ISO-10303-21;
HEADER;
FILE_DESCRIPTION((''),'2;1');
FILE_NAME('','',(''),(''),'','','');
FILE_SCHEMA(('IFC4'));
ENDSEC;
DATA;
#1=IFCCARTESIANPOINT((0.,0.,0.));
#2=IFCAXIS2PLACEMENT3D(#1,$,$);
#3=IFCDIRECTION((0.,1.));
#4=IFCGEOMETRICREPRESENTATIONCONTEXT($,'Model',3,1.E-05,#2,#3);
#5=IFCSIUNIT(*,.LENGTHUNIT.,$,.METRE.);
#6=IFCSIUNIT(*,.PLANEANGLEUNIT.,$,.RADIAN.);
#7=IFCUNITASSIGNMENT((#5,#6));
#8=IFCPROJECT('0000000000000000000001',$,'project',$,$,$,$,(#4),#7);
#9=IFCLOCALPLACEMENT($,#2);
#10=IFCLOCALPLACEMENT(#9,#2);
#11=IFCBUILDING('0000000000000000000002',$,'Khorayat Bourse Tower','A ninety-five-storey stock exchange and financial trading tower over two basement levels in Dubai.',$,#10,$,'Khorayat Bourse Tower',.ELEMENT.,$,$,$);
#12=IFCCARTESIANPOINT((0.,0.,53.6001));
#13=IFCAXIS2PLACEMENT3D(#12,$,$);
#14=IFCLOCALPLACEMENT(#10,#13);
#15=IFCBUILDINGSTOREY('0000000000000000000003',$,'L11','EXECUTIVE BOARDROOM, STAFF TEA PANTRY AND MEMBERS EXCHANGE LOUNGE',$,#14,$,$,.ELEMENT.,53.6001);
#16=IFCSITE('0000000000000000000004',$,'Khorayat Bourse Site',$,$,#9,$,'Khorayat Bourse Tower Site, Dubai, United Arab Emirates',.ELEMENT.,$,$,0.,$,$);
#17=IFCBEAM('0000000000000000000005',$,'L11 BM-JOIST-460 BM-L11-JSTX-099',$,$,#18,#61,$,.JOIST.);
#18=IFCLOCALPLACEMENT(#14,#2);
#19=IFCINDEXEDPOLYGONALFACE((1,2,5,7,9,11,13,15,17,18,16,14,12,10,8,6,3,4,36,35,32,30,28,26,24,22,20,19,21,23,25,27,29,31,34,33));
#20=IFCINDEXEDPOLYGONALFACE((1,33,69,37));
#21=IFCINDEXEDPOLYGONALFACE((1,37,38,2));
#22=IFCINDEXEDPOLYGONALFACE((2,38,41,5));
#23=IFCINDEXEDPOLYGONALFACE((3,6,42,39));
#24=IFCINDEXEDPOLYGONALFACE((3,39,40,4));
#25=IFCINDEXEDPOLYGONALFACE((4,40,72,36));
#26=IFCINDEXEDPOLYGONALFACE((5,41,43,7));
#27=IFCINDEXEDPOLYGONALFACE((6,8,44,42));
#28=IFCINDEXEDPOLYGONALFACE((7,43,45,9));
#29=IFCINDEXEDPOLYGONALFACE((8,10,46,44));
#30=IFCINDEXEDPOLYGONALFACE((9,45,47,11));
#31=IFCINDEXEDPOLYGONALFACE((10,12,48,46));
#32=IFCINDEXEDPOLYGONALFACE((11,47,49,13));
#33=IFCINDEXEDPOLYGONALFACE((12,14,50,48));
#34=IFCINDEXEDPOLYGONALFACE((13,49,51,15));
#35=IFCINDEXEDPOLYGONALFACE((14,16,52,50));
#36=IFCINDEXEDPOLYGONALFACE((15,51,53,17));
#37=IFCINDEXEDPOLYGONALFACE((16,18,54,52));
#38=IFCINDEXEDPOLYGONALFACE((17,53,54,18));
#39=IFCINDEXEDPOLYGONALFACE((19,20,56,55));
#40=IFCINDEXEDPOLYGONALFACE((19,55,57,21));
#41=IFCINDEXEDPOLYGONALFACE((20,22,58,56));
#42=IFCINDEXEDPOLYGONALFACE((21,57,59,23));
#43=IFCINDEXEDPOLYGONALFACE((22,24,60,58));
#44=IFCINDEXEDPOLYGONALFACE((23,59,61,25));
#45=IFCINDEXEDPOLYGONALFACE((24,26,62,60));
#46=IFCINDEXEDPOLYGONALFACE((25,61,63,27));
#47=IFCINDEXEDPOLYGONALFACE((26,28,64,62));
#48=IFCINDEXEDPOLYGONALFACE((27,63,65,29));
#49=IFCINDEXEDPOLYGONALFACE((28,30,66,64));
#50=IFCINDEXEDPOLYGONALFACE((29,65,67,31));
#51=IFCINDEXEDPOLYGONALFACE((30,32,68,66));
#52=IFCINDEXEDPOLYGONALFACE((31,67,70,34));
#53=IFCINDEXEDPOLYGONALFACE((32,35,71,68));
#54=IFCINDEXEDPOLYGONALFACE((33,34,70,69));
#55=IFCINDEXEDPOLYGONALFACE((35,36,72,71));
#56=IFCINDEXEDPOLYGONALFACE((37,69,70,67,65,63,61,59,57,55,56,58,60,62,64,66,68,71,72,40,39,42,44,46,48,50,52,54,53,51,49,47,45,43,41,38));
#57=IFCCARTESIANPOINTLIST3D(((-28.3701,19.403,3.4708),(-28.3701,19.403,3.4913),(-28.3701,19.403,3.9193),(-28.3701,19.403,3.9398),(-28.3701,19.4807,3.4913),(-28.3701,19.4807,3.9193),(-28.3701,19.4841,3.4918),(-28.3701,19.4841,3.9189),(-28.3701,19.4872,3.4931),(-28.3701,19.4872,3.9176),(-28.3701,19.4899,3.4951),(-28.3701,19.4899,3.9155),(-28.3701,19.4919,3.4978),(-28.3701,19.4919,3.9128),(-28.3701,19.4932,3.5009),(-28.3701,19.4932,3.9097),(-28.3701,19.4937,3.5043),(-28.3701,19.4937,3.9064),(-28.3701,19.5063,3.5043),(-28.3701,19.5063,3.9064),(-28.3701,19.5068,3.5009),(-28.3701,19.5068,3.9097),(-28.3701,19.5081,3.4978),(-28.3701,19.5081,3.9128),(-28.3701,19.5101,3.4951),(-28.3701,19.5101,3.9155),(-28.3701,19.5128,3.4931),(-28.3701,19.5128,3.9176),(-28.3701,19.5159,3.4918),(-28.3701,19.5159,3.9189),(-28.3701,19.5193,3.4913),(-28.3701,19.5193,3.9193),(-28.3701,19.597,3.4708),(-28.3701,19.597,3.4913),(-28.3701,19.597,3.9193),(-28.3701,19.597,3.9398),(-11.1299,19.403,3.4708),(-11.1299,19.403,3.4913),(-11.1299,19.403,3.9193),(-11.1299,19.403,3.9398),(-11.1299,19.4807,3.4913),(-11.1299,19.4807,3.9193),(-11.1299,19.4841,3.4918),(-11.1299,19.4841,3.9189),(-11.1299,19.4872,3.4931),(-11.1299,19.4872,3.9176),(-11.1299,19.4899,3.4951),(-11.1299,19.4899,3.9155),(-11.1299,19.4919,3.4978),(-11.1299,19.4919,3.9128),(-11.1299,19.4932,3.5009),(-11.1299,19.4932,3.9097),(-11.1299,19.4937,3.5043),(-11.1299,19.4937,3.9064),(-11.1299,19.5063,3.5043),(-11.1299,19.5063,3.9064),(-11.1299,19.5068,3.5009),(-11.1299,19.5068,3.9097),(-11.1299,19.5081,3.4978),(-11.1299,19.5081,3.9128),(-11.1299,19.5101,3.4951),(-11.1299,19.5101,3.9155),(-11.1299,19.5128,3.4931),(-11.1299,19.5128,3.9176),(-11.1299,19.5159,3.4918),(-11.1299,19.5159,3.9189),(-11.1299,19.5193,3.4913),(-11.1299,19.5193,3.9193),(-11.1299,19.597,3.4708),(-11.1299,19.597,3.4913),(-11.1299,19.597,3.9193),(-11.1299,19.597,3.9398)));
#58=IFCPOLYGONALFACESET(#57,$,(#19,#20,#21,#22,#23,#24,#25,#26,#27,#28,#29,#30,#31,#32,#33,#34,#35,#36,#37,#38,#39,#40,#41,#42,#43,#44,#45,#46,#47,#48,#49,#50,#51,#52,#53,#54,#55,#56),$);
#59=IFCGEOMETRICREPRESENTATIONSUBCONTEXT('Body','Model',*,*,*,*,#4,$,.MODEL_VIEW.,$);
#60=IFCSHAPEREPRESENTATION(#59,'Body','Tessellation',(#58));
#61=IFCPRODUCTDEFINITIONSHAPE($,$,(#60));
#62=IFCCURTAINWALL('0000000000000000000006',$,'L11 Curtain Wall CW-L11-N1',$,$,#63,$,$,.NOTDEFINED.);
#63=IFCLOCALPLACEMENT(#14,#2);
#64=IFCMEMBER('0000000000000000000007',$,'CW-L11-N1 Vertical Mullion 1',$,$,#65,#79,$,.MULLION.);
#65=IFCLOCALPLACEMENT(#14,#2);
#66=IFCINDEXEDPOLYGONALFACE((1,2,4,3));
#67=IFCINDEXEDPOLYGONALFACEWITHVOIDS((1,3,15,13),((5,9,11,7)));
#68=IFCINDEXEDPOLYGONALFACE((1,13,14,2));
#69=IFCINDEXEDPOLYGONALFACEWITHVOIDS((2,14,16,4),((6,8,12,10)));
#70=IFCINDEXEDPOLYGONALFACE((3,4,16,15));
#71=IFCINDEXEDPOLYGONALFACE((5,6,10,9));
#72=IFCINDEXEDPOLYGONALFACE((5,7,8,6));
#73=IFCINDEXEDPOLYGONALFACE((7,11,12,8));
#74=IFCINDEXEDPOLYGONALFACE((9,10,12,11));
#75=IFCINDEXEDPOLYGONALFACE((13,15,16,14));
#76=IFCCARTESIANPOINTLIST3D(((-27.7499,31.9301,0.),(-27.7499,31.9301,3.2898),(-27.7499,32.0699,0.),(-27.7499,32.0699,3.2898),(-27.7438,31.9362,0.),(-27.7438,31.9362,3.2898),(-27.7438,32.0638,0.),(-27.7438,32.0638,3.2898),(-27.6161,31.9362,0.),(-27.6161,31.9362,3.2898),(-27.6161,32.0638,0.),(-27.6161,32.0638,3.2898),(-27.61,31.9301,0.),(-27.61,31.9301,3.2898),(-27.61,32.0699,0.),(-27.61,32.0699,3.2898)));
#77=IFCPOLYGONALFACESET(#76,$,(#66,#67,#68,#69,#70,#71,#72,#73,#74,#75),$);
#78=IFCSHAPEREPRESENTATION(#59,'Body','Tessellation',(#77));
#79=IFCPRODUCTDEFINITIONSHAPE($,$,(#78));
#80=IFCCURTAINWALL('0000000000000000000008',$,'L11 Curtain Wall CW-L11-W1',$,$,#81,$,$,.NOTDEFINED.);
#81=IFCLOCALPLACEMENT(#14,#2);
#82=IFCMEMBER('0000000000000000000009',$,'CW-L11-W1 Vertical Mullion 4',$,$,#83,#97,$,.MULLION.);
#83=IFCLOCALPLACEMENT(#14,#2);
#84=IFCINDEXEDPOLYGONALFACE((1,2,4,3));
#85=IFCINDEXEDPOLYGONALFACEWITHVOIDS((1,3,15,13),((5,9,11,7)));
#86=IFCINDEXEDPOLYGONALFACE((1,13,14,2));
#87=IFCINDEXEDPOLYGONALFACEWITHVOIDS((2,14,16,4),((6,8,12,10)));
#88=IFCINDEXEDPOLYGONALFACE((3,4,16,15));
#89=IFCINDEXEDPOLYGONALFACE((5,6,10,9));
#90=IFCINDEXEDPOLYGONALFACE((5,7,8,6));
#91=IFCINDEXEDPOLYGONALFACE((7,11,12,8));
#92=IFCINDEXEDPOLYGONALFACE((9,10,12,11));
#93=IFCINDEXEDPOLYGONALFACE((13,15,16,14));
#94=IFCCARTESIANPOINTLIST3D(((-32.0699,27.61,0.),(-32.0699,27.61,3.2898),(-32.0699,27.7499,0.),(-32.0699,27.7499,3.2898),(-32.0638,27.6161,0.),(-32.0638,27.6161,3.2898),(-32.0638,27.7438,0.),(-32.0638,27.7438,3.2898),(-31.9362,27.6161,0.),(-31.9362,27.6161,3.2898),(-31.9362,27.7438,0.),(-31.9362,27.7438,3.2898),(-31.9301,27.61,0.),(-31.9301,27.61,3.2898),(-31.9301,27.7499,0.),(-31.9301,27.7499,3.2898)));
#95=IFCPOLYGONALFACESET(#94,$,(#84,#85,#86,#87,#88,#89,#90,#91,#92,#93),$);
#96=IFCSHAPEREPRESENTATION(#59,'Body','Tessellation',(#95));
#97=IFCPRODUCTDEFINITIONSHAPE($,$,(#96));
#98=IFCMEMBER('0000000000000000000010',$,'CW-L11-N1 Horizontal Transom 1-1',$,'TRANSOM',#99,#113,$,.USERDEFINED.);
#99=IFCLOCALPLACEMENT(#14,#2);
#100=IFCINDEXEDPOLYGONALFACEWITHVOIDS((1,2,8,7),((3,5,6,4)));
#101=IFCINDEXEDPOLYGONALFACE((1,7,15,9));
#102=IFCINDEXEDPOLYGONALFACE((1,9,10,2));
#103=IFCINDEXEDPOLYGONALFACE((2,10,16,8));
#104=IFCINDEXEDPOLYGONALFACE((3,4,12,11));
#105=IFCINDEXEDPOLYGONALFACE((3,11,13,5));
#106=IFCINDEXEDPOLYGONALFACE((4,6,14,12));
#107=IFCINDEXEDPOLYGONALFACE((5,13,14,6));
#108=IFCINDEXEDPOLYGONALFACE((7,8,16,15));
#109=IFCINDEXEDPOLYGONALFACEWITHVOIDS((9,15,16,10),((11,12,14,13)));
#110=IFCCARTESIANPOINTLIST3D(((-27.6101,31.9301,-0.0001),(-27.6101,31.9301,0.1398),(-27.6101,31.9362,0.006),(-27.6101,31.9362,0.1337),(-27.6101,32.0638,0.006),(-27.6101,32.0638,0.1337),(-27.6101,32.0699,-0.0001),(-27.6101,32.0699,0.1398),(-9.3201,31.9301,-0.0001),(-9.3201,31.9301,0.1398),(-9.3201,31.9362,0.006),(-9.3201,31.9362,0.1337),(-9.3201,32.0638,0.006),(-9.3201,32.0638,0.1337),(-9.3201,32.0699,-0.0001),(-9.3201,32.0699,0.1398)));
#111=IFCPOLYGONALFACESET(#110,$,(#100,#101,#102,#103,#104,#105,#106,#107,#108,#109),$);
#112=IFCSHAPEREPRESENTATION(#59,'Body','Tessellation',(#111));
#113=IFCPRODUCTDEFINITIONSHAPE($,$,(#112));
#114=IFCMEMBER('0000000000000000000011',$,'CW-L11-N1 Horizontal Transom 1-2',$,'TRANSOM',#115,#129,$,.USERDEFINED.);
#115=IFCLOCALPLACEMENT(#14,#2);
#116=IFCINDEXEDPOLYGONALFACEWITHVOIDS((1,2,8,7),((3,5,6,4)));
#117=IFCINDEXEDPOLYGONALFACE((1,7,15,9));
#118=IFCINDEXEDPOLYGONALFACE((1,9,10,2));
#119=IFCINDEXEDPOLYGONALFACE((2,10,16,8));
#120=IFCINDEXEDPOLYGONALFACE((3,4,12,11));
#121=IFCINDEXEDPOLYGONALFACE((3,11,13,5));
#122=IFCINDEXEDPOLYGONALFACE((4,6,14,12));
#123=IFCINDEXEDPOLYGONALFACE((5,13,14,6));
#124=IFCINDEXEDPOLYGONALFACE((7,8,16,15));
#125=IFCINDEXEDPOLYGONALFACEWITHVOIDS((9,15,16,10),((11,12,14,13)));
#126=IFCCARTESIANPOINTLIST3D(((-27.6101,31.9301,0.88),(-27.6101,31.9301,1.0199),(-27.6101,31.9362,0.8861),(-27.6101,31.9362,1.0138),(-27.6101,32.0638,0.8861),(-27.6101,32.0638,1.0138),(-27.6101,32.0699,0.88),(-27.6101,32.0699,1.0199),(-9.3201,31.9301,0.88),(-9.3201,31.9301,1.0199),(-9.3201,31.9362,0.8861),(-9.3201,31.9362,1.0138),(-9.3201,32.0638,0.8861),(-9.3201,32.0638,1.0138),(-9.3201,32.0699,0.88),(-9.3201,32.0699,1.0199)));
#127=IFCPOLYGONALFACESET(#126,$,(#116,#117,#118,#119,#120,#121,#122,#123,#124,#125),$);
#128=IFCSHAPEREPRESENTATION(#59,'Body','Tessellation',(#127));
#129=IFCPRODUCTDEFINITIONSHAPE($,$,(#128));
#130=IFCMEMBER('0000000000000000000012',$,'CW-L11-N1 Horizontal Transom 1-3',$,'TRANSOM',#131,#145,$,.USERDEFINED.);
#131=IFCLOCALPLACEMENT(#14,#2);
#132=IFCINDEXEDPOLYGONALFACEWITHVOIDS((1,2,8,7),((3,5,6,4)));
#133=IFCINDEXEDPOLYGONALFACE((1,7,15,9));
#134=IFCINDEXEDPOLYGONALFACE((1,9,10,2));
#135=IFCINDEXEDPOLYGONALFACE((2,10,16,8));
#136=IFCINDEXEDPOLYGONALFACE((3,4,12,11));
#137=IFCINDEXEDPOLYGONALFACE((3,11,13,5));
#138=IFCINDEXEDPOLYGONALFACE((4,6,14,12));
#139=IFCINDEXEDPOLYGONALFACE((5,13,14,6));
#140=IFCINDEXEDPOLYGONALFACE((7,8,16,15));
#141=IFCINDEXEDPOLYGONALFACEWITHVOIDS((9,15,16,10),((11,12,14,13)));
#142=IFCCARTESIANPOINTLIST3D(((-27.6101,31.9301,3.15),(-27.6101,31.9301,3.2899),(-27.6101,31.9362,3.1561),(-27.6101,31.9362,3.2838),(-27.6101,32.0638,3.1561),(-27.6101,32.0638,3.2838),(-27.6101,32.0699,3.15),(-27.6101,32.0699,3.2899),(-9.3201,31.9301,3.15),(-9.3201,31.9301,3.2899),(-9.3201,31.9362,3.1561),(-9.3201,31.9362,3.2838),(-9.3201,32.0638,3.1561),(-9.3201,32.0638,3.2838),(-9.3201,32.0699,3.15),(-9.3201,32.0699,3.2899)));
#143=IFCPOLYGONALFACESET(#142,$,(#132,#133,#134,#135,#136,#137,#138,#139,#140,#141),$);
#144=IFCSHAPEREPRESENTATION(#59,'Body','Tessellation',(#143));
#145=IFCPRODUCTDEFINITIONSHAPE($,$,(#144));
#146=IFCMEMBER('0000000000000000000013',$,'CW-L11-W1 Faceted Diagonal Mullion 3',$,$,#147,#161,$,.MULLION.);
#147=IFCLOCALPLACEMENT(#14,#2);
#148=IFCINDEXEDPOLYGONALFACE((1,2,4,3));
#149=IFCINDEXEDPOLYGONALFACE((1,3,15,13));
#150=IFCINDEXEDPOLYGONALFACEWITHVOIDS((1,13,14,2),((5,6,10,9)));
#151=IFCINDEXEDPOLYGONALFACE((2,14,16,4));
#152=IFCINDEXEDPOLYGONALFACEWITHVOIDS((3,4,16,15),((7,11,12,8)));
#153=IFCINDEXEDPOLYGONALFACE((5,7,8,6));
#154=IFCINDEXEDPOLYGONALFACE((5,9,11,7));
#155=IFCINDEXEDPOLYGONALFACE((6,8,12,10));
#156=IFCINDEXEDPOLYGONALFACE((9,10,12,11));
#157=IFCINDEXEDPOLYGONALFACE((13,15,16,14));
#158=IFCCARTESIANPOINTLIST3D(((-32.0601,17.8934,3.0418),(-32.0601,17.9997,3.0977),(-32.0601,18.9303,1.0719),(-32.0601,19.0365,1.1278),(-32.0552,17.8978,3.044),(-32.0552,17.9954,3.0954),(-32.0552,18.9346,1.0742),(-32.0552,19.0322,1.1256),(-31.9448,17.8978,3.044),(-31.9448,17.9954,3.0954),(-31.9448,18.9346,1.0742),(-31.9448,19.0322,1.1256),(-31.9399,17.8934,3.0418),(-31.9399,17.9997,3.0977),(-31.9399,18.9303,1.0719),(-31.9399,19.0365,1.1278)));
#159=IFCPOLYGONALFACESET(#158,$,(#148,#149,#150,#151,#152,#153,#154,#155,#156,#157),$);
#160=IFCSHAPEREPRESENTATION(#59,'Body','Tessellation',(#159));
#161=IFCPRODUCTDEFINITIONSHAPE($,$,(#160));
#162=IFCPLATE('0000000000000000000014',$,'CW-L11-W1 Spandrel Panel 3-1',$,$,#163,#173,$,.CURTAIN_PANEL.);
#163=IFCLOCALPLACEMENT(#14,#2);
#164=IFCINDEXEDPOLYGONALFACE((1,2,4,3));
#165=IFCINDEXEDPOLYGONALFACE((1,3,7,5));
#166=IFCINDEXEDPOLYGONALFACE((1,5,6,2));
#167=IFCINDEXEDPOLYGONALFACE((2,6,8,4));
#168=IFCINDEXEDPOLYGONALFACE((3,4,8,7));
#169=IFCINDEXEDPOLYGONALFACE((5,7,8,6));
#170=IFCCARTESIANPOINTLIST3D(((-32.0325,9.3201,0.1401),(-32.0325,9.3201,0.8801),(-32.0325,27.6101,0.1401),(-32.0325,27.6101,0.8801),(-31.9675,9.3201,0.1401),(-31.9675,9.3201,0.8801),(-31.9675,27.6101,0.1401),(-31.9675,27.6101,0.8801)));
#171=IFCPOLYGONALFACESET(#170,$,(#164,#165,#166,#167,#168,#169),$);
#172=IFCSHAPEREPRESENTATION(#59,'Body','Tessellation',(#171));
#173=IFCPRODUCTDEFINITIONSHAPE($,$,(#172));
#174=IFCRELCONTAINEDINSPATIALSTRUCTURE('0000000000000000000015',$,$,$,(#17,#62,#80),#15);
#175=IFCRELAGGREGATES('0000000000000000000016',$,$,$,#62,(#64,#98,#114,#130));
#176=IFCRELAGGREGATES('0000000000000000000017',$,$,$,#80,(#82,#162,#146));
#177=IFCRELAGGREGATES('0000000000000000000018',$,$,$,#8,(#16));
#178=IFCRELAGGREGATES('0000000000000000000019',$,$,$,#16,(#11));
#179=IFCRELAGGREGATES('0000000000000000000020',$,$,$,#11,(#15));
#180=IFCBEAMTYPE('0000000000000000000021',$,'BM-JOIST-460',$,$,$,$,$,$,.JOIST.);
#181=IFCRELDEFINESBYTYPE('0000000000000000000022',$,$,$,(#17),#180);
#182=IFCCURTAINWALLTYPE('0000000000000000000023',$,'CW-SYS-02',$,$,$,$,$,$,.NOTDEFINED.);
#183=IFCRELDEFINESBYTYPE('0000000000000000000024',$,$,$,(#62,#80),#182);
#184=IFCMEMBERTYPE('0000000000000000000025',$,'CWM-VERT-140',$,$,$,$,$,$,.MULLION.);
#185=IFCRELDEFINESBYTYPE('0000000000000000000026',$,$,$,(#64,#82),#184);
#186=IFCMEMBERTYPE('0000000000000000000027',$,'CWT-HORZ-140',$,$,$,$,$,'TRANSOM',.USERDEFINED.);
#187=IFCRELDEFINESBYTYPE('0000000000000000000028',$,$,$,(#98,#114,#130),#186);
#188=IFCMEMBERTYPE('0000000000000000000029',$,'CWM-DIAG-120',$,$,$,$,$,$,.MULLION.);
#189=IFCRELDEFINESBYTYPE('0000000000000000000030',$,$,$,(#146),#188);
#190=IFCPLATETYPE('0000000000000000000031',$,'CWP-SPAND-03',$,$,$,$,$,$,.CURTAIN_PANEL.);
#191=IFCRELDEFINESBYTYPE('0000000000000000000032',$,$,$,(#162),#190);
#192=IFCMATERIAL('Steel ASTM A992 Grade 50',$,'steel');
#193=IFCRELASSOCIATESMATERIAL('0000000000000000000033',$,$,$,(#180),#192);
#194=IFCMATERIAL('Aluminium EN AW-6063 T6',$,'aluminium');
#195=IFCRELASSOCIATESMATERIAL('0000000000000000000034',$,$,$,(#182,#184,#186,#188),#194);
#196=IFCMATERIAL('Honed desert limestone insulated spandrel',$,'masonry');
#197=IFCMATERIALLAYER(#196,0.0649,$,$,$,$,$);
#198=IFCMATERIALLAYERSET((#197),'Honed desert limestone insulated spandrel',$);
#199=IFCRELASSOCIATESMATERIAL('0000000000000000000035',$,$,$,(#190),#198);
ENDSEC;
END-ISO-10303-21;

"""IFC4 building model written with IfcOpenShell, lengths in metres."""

from ifc_helpers import new_model, si_unit, direction, frame, origin, origin_2d, place, context, subcontext, project, spatial, rectangle, hollow_rectangle, i_section, extrude, source, transform, mapped, material, layer, layer_set, material_profile, profile_set, type_object, element, aggregate, save


model = new_model("IFC4")

# Units and contexts
model_context = context("Model", 3, precision=1e-05, world=origin(), true_north=direction((0.0, 1.0)))
body_context = subcontext(model_context, "Body", "Model", "MODEL_VIEW")
ifc_project = project(units=[si_unit("LENGTHUNIT", "METRE"), si_unit("PLANEANGLEUNIT", "RADIAN")], contexts=[model_context])

# Site, building, storey
site_placement = place(None, origin())
site = spatial("IfcSite", under=ifc_project, at=site_placement, Name="Khorayat Bourse Site", LongName="Khorayat Bourse Tower Site, Dubai, United Arab Emirates", CompositionType="ELEMENT", RefElevation=0.0)
building_placement = place(site_placement, origin())
building = spatial("IfcBuilding", under=site, at=building_placement, Name="Khorayat Bourse Tower", Description="A ninety-five-storey stock exchange and financial trading tower over two basement levels in Dubai.", LongName="Khorayat Bourse Tower", CompositionType="ELEMENT")
storey_placement = place(building_placement, frame((0.0, 0.0, 53.6001)))
storey = spatial("IfcBuildingStorey", under=building, at=storey_placement, Name="L11", Description="EXECUTIVE BOARDROOM, STAFF TEA PANTRY AND MEMBERS EXCHANGE LOUNGE", CompositionType="ELEMENT", Elevation=53.6001)

# Beam
ifc_material_1 = material(Name="Steel ASTM A992 Grade 50", Category="steel")
ifc_material_profile_1 = material_profile(ifc_material_1, i_section(OverallWidth=0.1941, OverallDepth=0.469, WebThickness=0.0127, FlangeThickness=0.0205, FilletRadius=0.0129, at=origin_2d()), Name="W460X106")
ifc_profile_set_1 = profile_set([ifc_material_profile_1], Name="Steel ASTM A992 Grade 50")
beam_type_1 = type_object("IfcBeamType", Name="BM-JOIST-460", PredefinedType="JOIST", material=ifc_profile_set_1)
shared_shape_1 = source(origin(), body_context, "Body", "SweptSolid", [
    extrude(i_section(OverallWidth=0.1941, OverallDepth=0.469, WebThickness=0.0127, FlangeThickness=0.0205, FilletRadius=0.0129, at=origin_2d()), origin(), (0.0, 0.0, 1.0), 17.2402),
])
beam_1_placement = place(storey_placement, frame((-28.3701, 19.5, 3.7053), z_axis=(1.0, 0.0, 0.0), x_axis=(0.0, 1.0, 0.0)))
element("IfcBeam", 1, at=beam_1_placement, inside=storey, type_object=beam_type_1, Name="L11 BM-JOIST-460 BM-L11-JSTX-099", PredefinedType="JOIST", context=body_context, shape_type="MappedRepresentation", body=[
    mapped(shared_shape_1, transform((0.0, 0.0, 0.0), scale=1.0)),
])

# Curtain walls, members
ifc_material_2 = material(Name="Aluminium EN AW-6063 T6", Category="aluminium")
curtain_wall_type = type_object("IfcCurtainWallType", Name="CW-SYS-02", PredefinedType="NOTDEFINED", material=ifc_material_2)
curtain_wall_1_placement = place(storey_placement, origin())
curtain_wall_1 = element("IfcCurtainWall", 2, at=curtain_wall_1_placement, inside=storey, type_object=curtain_wall_type, Name="L11 Curtain Wall CW-L11-N1", PredefinedType="NOTDEFINED")
ifc_material_profile_2 = material_profile(ifc_material_2, hollow_rectangle(XDim=0.1399, YDim=0.1399, WallThickness=0.0061, at=origin_2d()), Name="ALU 140x140x6")
ifc_profile_set_2 = profile_set([ifc_material_profile_2], Name="Aluminium EN AW-6063 T6")
member_type_1 = type_object("IfcMemberType", Name="CWM-VERT-140", PredefinedType="MULLION", material=ifc_profile_set_2)
shared_shape_2 = source(origin(), body_context, "Body", "SweptSolid", [
    extrude(hollow_rectangle(XDim=0.1399, YDim=0.1399, WallThickness=0.0061, at=origin_2d()), origin(), (0.0, 0.0, 1.0), 3.2898),
])
member_1_placement = place(storey_placement, frame((-27.6799, 32.0, 0.0), z_axis=(0.0, 0.0, 1.0), x_axis=(0.0, 1.0, 0.0)))
member_1 = element("IfcMember", 3, at=member_1_placement, type_object=member_type_1, Name="CW-L11-N1 Vertical Mullion 1", PredefinedType="MULLION", context=body_context, shape_type="MappedRepresentation", body=[
    mapped(shared_shape_2, transform((0.0, 0.0, 0.0), scale=1.0)),
])
curtain_wall_2_placement = place(storey_placement, origin())
curtain_wall_2 = element("IfcCurtainWall", 4, at=curtain_wall_2_placement, inside=storey, type_object=curtain_wall_type, Name="L11 Curtain Wall CW-L11-W1", PredefinedType="NOTDEFINED")
member_2_placement = place(storey_placement, frame((-32.0, 27.6799, 0.0), z_axis=(0.0, 0.0, 1.0), x_axis=(-1.0, 0.0, 0.0)))
member_2 = element("IfcMember", 5, at=member_2_placement, type_object=member_type_1, Name="CW-L11-W1 Vertical Mullion 4", PredefinedType="MULLION", context=body_context, shape_type="MappedRepresentation", body=[
    mapped(shared_shape_2, transform((0.0, 0.0, 0.0), scale=1.0)),
])

# Members
ifc_material_profile_3 = material_profile(ifc_material_2, hollow_rectangle(XDim=0.1399, YDim=0.1399, WallThickness=0.0061, at=origin_2d()), Name="ALU 140x140x6")
ifc_profile_set_3 = profile_set([ifc_material_profile_3], Name="Aluminium EN AW-6063 T6")
member_type_2 = type_object("IfcMemberType", Name="CWT-HORZ-140", ElementType="TRANSOM", PredefinedType="USERDEFINED", material=ifc_profile_set_3)
shared_shape_3 = source(origin(), body_context, "Body", "SweptSolid", [
    extrude(hollow_rectangle(XDim=0.1399, YDim=0.1399, WallThickness=0.0061, at=origin_2d()), origin(), (0.0, 0.0, 1.0), 18.29),
])
member_3_placement = place(storey_placement, frame((-27.6101, 32.0, 0.0698), z_axis=(1.0, 0.0, 0.0), x_axis=(0.0, 1.0, 0.0)))
member_3 = element("IfcMember", 6, at=member_3_placement, type_object=member_type_2, Name="CW-L11-N1 Horizontal Transom 1-1", ObjectType="TRANSOM", PredefinedType="USERDEFINED", context=body_context, shape_type="MappedRepresentation", body=[
    mapped(shared_shape_3, transform((0.0, 0.0, 0.0), scale=1.0)),
])
member_4_placement = place(storey_placement, frame((-27.6101, 32.0, 0.95), z_axis=(1.0, 0.0, 0.0), x_axis=(0.0, 1.0, 0.0)))
member_4 = element("IfcMember", 7, at=member_4_placement, type_object=member_type_2, Name="CW-L11-N1 Horizontal Transom 1-2", ObjectType="TRANSOM", PredefinedType="USERDEFINED", context=body_context, shape_type="MappedRepresentation", body=[
    mapped(shared_shape_3, transform((0.0, 0.0, 0.0), scale=1.0)),
])
member_5_placement = place(storey_placement, frame((-27.6101, 32.0, 3.22), z_axis=(1.0, 0.0, 0.0), x_axis=(0.0, 1.0, 0.0)))
member_5 = element("IfcMember", 8, at=member_5_placement, type_object=member_type_2, Name="CW-L11-N1 Horizontal Transom 1-3", ObjectType="TRANSOM", PredefinedType="USERDEFINED", context=body_context, shape_type="MappedRepresentation", body=[
    mapped(shared_shape_3, transform((0.0, 0.0, 0.0), scale=1.0)),
])
aggregate(curtain_wall_1, [member_1, member_3, member_4, member_5])
ifc_material_profile_4 = material_profile(ifc_material_2, hollow_rectangle(XDim=0.1201, YDim=0.1201, WallThickness=0.0049, at=origin_2d()), Name="ALU 120x120x5")
ifc_profile_set_4 = profile_set([ifc_material_profile_4], Name="Aluminium EN AW-6063 T6")
member_type_3 = type_object("IfcMemberType", Name="CWM-DIAG-120", PredefinedType="MULLION", material=ifc_profile_set_4)
shared_shape_4 = source(origin(), body_context, "Body", "SweptSolid", [
    extrude(hollow_rectangle(XDim=0.1201, YDim=0.1201, WallThickness=0.0049, at=origin_2d()), origin(), (0.0, 0.0, 1.0), 2.2261),
])
member_6_placement = place(storey_placement, frame((-32.0, 18.9834, 1.0999), z_axis=(0.0, -0.46576, 0.884911), x_axis=(1.0, 0.0, 0.0)))
member_6 = element("IfcMember", 9, at=member_6_placement, type_object=member_type_3, Name="CW-L11-W1 Faceted Diagonal Mullion 3", PredefinedType="MULLION", context=body_context, shape_type="MappedRepresentation", body=[
    mapped(shared_shape_4, transform((0.0, 0.0, 0.0), scale=1.0)),
])

# Plate
ifc_material_3 = material(Name="Honed desert limestone insulated spandrel", Category="masonry")
ifc_layer_1 = layer(ifc_material_3, 0.0649)
ifc_layer_set_1 = layer_set([ifc_layer_1], Name="Honed desert limestone insulated spandrel")
plate_type_1 = type_object("IfcPlateType", Name="CWP-SPAND-03", PredefinedType="CURTAIN_PANEL", material=ifc_layer_set_1)
shared_shape_5 = source(origin(), body_context, "Body", "SweptSolid", [
    extrude(rectangle(XDim=18.29, YDim=0.0649, at=origin_2d()), origin(), (0.0, 0.0, 1.0), 0.74),
])
plate_1_placement = place(storey_placement, frame((-32.0, 18.4651, 0.1401), z_axis=(0.0, 0.0, 1.0), x_axis=(0.0, 1.0, 0.0)))
plate_1 = element("IfcPlate", 10, at=plate_1_placement, type_object=plate_type_1, Name="CW-L11-W1 Spandrel Panel 3-1", PredefinedType="CURTAIN_PANEL", context=body_context, shape_type="MappedRepresentation", body=[
    mapped(shared_shape_5, transform((0.0, 0.0, 0.0), scale=1.0)),
])
aggregate(curtain_wall_2, [member_2, plate_1, member_6])

save(model, "model.ifc")
